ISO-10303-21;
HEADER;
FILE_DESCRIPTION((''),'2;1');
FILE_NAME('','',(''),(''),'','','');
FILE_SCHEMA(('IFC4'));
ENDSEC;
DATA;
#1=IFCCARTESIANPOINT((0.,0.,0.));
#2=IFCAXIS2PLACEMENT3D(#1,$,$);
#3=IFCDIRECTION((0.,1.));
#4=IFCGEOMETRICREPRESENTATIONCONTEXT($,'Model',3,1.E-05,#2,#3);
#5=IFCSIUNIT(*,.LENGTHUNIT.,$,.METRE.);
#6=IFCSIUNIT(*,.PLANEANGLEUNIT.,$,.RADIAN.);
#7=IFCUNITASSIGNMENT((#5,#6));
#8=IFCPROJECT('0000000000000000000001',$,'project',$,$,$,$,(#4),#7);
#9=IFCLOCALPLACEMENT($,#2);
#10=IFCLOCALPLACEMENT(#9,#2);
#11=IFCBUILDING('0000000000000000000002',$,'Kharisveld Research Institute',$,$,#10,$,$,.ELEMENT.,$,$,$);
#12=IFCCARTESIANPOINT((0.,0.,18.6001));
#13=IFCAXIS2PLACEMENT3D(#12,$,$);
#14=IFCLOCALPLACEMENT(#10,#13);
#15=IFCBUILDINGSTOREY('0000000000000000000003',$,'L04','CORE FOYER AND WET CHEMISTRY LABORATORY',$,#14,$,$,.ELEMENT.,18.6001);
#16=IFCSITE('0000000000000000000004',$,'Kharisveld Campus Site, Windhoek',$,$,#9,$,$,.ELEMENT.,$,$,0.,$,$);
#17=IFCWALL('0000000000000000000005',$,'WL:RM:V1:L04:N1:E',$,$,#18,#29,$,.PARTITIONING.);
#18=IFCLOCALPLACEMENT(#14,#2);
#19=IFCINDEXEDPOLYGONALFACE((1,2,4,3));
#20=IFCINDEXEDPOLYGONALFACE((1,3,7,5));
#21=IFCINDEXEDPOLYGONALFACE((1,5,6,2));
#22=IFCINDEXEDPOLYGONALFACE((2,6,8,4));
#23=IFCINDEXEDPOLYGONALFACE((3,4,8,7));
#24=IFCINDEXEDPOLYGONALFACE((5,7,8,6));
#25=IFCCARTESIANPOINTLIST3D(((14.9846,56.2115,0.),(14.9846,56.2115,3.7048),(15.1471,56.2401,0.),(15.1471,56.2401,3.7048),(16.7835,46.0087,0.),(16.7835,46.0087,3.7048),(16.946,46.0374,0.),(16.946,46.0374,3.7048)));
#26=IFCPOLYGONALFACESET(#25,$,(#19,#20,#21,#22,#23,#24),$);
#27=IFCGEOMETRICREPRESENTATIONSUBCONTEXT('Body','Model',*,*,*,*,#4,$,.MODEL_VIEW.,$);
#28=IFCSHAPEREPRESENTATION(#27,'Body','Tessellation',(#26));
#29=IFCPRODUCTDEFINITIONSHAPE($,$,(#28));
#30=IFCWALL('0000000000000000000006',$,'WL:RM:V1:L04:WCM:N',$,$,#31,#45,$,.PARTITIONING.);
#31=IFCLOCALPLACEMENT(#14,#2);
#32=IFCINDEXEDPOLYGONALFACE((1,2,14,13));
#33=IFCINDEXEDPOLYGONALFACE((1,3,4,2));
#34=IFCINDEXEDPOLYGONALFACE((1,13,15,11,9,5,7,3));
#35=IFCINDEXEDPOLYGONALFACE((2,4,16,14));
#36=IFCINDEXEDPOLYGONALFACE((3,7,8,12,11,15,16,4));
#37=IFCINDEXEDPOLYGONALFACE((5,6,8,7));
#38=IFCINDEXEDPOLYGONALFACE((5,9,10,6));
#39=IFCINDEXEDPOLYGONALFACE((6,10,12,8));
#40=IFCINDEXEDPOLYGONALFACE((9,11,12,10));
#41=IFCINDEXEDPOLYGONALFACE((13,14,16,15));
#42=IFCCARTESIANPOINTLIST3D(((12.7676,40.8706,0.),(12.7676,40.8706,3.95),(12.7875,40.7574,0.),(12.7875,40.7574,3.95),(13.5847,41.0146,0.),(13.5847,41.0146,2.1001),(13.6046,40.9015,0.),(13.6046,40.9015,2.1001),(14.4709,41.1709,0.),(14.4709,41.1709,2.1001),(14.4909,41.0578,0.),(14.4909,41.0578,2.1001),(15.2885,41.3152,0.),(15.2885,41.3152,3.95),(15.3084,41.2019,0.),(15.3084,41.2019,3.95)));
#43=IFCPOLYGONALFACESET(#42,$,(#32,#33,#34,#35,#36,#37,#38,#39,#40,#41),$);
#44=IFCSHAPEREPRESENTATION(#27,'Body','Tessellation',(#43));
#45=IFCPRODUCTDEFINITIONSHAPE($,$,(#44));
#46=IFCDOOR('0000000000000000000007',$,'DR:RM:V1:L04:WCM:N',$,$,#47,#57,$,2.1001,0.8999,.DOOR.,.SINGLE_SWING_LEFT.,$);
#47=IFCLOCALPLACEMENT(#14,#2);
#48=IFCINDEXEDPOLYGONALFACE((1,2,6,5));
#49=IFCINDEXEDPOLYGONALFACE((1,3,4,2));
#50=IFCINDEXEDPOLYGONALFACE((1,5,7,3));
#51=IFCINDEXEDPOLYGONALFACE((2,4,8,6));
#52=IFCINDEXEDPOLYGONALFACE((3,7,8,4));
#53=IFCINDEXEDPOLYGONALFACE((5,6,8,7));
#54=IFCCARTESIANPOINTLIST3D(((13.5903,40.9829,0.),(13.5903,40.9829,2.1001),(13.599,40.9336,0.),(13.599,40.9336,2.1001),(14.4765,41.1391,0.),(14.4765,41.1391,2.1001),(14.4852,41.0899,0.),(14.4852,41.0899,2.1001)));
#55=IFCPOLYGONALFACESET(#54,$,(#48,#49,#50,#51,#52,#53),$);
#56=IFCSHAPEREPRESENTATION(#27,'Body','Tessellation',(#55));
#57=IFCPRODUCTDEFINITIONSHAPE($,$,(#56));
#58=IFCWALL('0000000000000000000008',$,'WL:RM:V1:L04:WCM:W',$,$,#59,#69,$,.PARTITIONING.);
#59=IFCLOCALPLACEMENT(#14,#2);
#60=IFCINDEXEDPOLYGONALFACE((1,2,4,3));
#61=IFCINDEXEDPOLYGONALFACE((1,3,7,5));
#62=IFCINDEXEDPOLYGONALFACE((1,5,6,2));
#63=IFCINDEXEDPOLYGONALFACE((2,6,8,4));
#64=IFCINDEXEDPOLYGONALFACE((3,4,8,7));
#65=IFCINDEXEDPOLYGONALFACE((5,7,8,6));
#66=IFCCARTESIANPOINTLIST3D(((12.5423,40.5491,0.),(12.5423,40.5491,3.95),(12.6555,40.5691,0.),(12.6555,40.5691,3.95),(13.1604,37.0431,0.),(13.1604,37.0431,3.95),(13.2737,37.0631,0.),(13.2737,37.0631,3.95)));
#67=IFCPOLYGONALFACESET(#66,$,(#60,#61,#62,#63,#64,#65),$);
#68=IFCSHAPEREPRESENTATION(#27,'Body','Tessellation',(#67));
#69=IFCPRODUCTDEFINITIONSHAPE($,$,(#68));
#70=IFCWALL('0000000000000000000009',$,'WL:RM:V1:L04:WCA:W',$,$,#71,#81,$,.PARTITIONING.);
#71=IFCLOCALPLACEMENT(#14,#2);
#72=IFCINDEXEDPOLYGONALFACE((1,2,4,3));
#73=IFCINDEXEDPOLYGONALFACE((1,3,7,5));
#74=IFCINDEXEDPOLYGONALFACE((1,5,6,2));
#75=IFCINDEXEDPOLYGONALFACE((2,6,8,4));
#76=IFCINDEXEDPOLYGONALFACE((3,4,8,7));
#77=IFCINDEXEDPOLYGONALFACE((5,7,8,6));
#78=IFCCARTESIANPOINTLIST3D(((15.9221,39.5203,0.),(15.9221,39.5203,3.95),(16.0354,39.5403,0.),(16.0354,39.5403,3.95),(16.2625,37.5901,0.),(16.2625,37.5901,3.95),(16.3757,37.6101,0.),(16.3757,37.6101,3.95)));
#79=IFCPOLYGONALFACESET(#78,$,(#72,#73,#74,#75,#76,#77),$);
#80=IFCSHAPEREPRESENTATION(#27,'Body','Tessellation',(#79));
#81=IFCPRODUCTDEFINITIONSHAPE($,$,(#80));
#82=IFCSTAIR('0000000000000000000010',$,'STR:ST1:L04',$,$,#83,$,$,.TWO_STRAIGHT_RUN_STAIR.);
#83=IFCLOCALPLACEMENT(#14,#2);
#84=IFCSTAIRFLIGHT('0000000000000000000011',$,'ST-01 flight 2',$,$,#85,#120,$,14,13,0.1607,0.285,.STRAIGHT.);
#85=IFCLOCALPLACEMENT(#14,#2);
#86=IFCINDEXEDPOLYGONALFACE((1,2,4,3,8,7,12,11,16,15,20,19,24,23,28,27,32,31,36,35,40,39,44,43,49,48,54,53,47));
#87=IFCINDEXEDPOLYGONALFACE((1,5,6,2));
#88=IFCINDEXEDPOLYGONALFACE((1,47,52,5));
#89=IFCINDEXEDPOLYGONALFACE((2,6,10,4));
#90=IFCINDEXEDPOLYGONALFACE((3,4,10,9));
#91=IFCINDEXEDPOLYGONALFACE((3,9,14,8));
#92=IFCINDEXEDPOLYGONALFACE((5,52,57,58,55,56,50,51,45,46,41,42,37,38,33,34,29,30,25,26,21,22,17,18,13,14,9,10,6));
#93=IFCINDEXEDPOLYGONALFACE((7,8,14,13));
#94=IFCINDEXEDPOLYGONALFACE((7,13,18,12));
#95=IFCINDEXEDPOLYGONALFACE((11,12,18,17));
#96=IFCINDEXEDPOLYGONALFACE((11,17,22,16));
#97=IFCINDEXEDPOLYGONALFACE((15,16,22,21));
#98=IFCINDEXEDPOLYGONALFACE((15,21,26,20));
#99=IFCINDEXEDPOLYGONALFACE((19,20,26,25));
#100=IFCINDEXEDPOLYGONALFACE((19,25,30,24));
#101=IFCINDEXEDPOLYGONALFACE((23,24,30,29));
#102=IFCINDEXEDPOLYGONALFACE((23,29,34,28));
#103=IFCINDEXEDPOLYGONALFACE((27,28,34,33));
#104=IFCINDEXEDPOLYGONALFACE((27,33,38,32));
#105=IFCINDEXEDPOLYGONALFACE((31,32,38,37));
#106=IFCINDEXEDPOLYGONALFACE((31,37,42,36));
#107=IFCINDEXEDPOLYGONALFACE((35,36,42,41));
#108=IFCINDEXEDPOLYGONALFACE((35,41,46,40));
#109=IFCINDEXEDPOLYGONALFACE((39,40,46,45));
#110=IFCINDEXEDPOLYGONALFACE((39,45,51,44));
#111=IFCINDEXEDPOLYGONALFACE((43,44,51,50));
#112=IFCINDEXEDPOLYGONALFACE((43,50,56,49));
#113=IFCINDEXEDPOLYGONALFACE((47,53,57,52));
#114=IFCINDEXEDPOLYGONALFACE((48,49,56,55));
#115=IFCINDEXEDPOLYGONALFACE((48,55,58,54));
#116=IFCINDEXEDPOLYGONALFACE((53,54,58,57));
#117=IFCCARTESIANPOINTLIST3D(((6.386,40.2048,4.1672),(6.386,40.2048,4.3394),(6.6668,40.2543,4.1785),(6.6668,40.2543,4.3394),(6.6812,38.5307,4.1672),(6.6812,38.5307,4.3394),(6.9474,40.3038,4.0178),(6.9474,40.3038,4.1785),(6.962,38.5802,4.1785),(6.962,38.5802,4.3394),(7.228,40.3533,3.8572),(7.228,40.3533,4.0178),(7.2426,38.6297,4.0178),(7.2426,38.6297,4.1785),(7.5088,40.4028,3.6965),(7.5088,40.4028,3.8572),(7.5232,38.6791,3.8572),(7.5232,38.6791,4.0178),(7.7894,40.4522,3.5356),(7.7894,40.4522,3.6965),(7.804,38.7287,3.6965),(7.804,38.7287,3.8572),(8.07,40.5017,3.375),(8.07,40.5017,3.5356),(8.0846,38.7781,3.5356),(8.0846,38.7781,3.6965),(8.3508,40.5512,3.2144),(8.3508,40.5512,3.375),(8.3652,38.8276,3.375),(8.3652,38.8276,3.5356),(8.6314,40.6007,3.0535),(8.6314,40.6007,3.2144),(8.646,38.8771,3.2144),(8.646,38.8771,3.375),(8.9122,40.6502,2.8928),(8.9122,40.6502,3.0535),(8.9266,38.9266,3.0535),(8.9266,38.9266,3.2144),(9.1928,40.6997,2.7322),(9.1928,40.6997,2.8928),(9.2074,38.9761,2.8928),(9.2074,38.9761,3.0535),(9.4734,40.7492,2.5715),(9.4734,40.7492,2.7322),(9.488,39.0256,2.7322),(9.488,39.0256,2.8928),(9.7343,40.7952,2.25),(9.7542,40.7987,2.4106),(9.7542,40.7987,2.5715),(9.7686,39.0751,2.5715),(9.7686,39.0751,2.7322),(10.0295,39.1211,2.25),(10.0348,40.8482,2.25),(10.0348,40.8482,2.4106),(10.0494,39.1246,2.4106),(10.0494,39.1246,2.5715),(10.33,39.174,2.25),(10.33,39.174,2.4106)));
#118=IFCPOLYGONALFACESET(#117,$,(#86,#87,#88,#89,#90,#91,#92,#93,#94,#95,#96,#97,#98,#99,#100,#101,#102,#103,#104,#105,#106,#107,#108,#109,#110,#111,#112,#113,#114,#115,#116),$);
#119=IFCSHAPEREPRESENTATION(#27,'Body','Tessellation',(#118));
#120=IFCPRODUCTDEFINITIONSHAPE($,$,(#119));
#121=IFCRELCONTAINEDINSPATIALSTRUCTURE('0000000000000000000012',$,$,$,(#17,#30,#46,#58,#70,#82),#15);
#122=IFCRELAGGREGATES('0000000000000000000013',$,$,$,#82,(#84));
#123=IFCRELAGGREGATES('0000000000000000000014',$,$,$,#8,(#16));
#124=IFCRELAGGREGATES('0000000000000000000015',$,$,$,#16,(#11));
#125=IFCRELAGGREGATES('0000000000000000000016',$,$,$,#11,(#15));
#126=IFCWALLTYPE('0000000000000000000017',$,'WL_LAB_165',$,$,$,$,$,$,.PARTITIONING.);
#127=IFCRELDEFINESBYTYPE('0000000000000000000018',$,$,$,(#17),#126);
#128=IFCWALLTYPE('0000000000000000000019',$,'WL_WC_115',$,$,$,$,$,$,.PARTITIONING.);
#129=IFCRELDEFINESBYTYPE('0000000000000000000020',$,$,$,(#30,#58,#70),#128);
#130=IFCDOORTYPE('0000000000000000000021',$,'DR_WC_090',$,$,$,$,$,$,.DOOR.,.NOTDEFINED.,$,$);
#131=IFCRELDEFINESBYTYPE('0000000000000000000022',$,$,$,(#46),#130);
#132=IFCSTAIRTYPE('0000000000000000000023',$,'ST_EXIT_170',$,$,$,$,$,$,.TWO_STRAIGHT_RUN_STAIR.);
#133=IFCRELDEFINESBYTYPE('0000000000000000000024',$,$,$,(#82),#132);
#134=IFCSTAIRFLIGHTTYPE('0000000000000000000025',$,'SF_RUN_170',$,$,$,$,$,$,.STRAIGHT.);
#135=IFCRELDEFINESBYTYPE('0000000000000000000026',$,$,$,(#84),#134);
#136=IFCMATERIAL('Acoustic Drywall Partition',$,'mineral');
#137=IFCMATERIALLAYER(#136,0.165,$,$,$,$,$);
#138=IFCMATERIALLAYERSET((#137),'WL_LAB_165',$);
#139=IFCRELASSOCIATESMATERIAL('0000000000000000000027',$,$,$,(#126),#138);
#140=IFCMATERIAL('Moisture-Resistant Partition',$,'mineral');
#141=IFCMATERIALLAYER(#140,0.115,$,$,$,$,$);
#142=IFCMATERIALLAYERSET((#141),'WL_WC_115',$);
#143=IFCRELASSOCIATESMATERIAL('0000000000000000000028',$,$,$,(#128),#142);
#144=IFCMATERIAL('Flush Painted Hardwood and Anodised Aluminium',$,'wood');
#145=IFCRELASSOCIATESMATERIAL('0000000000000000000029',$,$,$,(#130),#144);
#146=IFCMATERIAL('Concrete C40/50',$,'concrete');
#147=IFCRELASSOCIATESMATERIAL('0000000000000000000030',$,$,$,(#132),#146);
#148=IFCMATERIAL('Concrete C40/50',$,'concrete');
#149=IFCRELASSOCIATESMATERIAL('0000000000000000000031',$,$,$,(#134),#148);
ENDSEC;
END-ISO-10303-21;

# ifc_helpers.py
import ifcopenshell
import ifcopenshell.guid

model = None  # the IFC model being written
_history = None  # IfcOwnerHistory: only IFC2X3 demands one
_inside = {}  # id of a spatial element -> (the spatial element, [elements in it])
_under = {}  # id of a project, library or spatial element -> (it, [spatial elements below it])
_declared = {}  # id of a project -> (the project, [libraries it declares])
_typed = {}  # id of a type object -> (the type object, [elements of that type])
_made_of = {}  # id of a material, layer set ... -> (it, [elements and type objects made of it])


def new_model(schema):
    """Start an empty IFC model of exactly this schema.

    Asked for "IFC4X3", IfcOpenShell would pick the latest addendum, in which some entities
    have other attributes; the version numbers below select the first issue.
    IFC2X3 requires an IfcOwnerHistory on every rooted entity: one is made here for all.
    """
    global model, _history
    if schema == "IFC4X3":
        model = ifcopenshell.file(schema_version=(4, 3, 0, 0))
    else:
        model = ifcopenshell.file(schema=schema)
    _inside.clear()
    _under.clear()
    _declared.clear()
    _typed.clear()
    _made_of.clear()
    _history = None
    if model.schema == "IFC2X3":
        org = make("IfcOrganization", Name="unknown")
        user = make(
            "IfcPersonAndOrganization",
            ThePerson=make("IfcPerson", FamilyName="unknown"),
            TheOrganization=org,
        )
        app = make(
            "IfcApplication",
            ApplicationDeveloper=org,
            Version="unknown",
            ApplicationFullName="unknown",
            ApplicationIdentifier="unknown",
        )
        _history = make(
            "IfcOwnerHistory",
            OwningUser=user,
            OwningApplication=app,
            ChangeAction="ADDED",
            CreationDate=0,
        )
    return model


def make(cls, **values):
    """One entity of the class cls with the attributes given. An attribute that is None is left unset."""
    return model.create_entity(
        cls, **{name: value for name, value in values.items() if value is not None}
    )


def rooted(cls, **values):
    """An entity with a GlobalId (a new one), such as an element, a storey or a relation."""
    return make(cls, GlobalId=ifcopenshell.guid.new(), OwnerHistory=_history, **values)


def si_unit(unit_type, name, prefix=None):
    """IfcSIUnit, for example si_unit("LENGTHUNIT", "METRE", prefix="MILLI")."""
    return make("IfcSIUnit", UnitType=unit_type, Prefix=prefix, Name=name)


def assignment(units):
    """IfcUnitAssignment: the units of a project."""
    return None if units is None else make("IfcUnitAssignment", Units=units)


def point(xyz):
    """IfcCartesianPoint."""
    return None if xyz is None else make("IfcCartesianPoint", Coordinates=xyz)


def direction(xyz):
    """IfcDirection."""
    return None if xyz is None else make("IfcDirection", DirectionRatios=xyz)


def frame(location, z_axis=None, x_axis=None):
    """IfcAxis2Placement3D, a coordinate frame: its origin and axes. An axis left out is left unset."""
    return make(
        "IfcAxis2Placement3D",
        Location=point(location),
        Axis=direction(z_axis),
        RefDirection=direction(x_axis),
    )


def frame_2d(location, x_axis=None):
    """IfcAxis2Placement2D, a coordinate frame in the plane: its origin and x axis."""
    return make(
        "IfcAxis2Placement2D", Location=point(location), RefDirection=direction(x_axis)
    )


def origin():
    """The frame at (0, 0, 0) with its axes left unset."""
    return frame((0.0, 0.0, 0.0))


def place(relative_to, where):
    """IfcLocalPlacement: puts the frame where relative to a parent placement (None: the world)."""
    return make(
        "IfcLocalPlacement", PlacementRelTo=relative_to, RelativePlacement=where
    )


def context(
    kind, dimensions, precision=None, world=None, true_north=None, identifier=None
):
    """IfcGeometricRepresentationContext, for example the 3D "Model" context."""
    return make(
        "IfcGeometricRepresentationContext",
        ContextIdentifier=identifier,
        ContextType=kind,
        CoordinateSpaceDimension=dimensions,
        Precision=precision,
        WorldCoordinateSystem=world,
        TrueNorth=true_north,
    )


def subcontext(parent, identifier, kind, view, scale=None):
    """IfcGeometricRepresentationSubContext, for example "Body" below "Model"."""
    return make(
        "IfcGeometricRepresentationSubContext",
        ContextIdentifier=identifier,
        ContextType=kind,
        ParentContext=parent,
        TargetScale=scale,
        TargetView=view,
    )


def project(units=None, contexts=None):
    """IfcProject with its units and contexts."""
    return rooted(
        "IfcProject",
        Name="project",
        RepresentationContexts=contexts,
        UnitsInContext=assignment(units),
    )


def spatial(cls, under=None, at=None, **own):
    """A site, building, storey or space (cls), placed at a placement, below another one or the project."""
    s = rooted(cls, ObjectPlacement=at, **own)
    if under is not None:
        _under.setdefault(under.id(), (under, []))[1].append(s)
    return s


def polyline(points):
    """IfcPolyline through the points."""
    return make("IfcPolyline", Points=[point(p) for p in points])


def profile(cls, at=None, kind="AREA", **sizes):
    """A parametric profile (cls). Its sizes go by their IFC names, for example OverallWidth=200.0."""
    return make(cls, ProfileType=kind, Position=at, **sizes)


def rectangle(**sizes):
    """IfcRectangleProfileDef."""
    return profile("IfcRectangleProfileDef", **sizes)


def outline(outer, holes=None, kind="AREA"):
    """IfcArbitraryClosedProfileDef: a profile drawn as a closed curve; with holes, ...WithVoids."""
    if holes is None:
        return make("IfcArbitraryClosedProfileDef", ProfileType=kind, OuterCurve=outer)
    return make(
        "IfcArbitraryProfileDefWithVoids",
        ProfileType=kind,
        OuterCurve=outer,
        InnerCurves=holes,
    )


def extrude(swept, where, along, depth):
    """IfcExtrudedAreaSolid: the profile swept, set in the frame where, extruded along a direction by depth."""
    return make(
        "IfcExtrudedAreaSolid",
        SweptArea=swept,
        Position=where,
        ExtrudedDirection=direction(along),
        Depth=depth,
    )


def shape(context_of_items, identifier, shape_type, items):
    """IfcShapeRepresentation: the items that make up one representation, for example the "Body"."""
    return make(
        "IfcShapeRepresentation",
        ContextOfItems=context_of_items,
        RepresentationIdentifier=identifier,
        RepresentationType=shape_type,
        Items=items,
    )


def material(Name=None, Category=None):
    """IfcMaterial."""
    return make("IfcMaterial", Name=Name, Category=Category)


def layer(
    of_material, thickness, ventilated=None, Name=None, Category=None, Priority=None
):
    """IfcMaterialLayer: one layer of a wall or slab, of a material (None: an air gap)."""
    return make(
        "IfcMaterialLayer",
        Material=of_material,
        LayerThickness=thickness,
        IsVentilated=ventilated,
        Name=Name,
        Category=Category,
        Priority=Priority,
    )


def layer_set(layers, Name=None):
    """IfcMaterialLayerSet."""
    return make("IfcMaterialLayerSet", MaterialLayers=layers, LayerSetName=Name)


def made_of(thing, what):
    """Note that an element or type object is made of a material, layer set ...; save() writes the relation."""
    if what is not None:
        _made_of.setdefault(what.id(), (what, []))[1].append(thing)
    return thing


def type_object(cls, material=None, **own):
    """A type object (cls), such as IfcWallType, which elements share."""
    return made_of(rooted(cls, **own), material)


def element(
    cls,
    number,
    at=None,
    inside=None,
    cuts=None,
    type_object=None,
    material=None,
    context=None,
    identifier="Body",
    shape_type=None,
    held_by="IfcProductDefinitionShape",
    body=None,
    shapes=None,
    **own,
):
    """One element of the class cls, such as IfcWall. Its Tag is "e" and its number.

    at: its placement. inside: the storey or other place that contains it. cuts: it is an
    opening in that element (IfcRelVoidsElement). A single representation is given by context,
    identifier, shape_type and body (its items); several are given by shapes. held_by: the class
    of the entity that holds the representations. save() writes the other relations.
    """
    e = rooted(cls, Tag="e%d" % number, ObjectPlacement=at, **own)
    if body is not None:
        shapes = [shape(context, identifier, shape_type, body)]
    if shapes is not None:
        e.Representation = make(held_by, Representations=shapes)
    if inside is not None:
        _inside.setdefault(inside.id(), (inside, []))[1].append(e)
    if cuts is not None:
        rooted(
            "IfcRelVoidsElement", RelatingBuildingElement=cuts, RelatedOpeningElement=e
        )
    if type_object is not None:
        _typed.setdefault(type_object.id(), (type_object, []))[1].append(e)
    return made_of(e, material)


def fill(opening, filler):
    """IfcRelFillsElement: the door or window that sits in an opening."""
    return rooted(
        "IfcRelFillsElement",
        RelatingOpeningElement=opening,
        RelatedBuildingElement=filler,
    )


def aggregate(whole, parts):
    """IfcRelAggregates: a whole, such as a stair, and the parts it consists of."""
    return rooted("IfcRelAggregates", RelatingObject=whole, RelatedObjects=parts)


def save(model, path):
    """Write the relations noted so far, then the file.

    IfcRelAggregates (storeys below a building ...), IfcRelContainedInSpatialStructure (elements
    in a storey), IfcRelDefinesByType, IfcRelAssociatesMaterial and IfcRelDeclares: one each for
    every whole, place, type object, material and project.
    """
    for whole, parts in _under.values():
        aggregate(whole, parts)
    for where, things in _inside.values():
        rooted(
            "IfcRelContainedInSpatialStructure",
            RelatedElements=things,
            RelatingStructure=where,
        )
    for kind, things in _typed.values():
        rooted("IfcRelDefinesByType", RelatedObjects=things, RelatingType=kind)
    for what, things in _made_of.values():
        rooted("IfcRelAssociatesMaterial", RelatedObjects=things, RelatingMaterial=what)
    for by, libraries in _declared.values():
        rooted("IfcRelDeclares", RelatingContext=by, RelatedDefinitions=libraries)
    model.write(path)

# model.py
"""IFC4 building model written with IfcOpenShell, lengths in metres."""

from ifc_helpers import new_model, si_unit, direction, frame, frame_2d, origin, place, context, subcontext, project, spatial, polyline, rectangle, outline, extrude, material, layer, layer_set, type_object, element, fill, aggregate, save


model = new_model("IFC4")

# Units and contexts
model_context = context("Model", 3, precision=1e-05, world=origin(), true_north=direction((0.0, 1.0)))
body_context = subcontext(model_context, "Body", "Model", "MODEL_VIEW")
ifc_project = project(units=[si_unit("LENGTHUNIT", "METRE"), si_unit("PLANEANGLEUNIT", "RADIAN")], contexts=[model_context])

# Site, building, storey
site_placement = place(None, origin())
site = spatial("IfcSite", under=ifc_project, at=site_placement, Name="Kharisveld Campus Site, Windhoek", CompositionType="ELEMENT", RefElevation=0.0)
building_placement = place(site_placement, origin())
building = spatial("IfcBuilding", under=site, at=building_placement, Name="Kharisveld Research Institute", CompositionType="ELEMENT")
storey_placement = place(building_placement, frame((0.0, 0.0, 18.6001)))
storey = spatial("IfcBuildingStorey", under=building, at=storey_placement, Name="L04", Description="CORE FOYER AND WET CHEMISTRY LABORATORY", CompositionType="ELEMENT", Elevation=18.6001)

# Shared definitions
ifc_material_1 = material(Name="Acoustic Drywall Partition", Category="mineral")
ifc_layer_1 = layer(ifc_material_1, 0.165)
ifc_layer_set_1 = layer_set([ifc_layer_1], Name="WL_LAB_165")
wall_type_1 = type_object("IfcWallType", Name="WL_LAB_165", PredefinedType="PARTITIONING", material=ifc_layer_set_1)

# Wall
wall_1_placement = place(storey_placement, frame((16.8647, 46.0229, 0.0), z_axis=(0.0, 0.0, 1.0), x_axis=(-0.173632, 0.984811, 0.0)))
element("IfcWall", 1, at=wall_1_placement, inside=storey, type_object=wall_type_1, Name="WL:RM:V1:L04:N1:E", PredefinedType="PARTITIONING", context=body_context, shape_type="SweptSolid", body=[
    extrude(rectangle(XDim=10.3601, YDim=0.165, at=frame_2d((5.1802, 0.0))), origin(), (0.0, 0.0, 1.0), 3.7048),
])

# Wall, opening, door
ifc_material_2 = material(Name="Moisture-Resistant Partition", Category="mineral")
ifc_layer_2 = layer(ifc_material_2, 0.115)
ifc_layer_set_2 = layer_set([ifc_layer_2], Name="WL_WC_115")
wall_type_2 = type_object("IfcWallType", Name="WL_WC_115", PredefinedType="PARTITIONING", material=ifc_layer_set_2)
wall_2_placement = place(storey_placement, frame((15.2983, 41.2585, 0.0), z_axis=(0.0, 0.0, 1.0), x_axis=(-0.984804, -0.173671, 0.0)))
wall_2 = element("IfcWall", 2, at=wall_2_placement, inside=storey, type_object=wall_type_2, Name="WL:RM:V1:L04:WCM:N", PredefinedType="PARTITIONING", context=body_context, shape_type="SweptSolid", body=[
    extrude(rectangle(XDim=2.5598, YDim=0.115, at=frame_2d((1.2798, 0.0))), origin(), (0.0, 0.0, 1.0), 3.95),
])
opening_1_placement = place(wall_2_placement, frame((0.8301, 0.0, 0.0)))
opening_1 = element("IfcOpeningElement", 3, at=opening_1_placement, cuts=wall_2, PredefinedType="OPENING", context=body_context, shape_type="SweptSolid", body=[
    extrude(rectangle(XDim=0.8999, YDim=2.1001, at=frame_2d((0.45, 1.05))), frame((0.0, 0.0576, 0.0), z_axis=(0.0, -1.0, 0.0), x_axis=(1.0, 0.0, 0.0)), (0.0, 0.0, 1.0), 0.115),
])
ifc_material_3 = material(Name="Flush Painted Hardwood and Anodised Aluminium", Category="wood")
door_type_1 = type_object("IfcDoorType", Name="DR_WC_090", OperationType="NOTDEFINED", PredefinedType="DOOR", material=ifc_material_3)
door_1_placement = place(opening_1_placement, origin())
door_1 = element("IfcDoor", 4, at=door_1_placement, inside=storey, type_object=door_type_1, Name="DR:RM:V1:L04:WCM:N", OperationType="SINGLE_SWING_LEFT", OverallHeight=2.1001, OverallWidth=0.8999, PredefinedType="DOOR", context=body_context, shape_type="SweptSolid", body=[
    extrude(rectangle(XDim=0.8999, YDim=2.1001, at=frame_2d((0.45, 1.05))), frame((0.0, 0.0249, 0.0), z_axis=(0.0, -1.0, 0.0), x_axis=(1.0, 0.0, 0.0)), (0.0, 0.0, 1.0), 0.05),
])
fill(opening_1, door_1)

# Walls
wall_3_placement = place(storey_placement, frame((12.5989, 40.5591, 0.0), z_axis=(0.0, 0.0, 1.0), x_axis=(0.173644, -0.984808, 0.0)))
element("IfcWall", 5, at=wall_3_placement, inside=storey, type_object=wall_type_2, Name="WL:RM:V1:L04:WCM:W", PredefinedType="PARTITIONING", context=body_context, shape_type="SweptSolid", body=[
    extrude(rectangle(XDim=3.5601, YDim=0.115, at=frame_2d((1.78, 0.0))), origin(), (0.0, 0.0, 1.0), 3.95),
])
wall_4_placement = place(storey_placement, frame((15.9788, 39.5303, 0.0), z_axis=(0.0, 0.0, 1.0), x_axis=(0.173643, -0.984809, 0.0)))
element("IfcWall", 6, at=wall_4_placement, inside=storey, type_object=wall_type_2, Name="WL:RM:V1:L04:WCA:W", PredefinedType="PARTITIONING", context=body_context, shape_type="SweptSolid", body=[
    extrude(rectangle(XDim=1.96, YDim=0.115, at=frame_2d((0.98, 0.0))), origin(), (0.0, 0.0, 1.0), 3.95),
])

# Stair, stair flight
ifc_material_4 = material(Name="Concrete C40/50", Category="concrete")
stair_type = type_object("IfcStairType", Name="ST_EXIT_170", PredefinedType="TWO_STRAIGHT_RUN_STAIR", material=ifc_material_4)
stair_placement = place(storey_placement, origin())
stair = element("IfcStair", 7, at=stair_placement, inside=storey, type_object=stair_type, Name="STR:ST1:L04", PredefinedType="TWO_STRAIGHT_RUN_STAIR")
ifc_material_5 = material(Name="Concrete C40/50", Category="concrete")
stair_flight_type = type_object("IfcStairFlightType", Name="SF_RUN_170", PredefinedType="STRAIGHT", material=ifc_material_5)
stair_flight_placement = place(storey_placement, frame((10.1824, 40.0112, 2.25), z_axis=(0.0, 0.0, 1.0), x_axis=(-0.984808, -0.173648, 0.0)))
stair_flight = element("IfcStairFlight", 8, at=stair_flight_placement, type_object=stair_flight_type, Name="ST-01 flight 2", NumberOfRisers=14, NumberOfTreads=13, PredefinedType="STRAIGHT", RiserHeight=0.1607, TreadLength=0.285, context=body_context, shape_type="SweptSolid", body=[
    extrude(outline(polyline([(0.0, 0.0), (0.0, 0.1606), (0.2849, 0.1606), (0.2849, 0.3215), (0.5701, 0.3215), (0.5701, 0.4822), (0.855, 0.4822), (0.855, 0.6428), (1.1399, 0.6428), (1.1399, 0.8035), (1.425, 0.8035), (1.425, 0.9644), (1.71, 0.9644), (1.71, 1.125), (1.9951, 1.125), (1.9951, 1.2856), (2.28, 1.2856), (2.28, 1.4465), (2.5649, 1.4465), (2.5649, 1.6072), (2.8501, 1.6072), (2.8501, 1.7678), (3.135, 1.7678), (3.135, 1.9285), (3.4199, 1.9285), (3.4199, 2.0894), (3.7051, 2.0894), (3.7051, 2.25), (3.7051, 1.9172), (0.3052, 0.0), (0.0, 0.0)])), frame((0.0, 0.8501, 0.0), z_axis=(0.0, -1.0, 0.0), x_axis=(1.0, 0.0, 0.0)), (0.0, 0.0, 1.0), 1.7),
])
aggregate(stair, [stair_flight])

save(model, "model.ifc")
